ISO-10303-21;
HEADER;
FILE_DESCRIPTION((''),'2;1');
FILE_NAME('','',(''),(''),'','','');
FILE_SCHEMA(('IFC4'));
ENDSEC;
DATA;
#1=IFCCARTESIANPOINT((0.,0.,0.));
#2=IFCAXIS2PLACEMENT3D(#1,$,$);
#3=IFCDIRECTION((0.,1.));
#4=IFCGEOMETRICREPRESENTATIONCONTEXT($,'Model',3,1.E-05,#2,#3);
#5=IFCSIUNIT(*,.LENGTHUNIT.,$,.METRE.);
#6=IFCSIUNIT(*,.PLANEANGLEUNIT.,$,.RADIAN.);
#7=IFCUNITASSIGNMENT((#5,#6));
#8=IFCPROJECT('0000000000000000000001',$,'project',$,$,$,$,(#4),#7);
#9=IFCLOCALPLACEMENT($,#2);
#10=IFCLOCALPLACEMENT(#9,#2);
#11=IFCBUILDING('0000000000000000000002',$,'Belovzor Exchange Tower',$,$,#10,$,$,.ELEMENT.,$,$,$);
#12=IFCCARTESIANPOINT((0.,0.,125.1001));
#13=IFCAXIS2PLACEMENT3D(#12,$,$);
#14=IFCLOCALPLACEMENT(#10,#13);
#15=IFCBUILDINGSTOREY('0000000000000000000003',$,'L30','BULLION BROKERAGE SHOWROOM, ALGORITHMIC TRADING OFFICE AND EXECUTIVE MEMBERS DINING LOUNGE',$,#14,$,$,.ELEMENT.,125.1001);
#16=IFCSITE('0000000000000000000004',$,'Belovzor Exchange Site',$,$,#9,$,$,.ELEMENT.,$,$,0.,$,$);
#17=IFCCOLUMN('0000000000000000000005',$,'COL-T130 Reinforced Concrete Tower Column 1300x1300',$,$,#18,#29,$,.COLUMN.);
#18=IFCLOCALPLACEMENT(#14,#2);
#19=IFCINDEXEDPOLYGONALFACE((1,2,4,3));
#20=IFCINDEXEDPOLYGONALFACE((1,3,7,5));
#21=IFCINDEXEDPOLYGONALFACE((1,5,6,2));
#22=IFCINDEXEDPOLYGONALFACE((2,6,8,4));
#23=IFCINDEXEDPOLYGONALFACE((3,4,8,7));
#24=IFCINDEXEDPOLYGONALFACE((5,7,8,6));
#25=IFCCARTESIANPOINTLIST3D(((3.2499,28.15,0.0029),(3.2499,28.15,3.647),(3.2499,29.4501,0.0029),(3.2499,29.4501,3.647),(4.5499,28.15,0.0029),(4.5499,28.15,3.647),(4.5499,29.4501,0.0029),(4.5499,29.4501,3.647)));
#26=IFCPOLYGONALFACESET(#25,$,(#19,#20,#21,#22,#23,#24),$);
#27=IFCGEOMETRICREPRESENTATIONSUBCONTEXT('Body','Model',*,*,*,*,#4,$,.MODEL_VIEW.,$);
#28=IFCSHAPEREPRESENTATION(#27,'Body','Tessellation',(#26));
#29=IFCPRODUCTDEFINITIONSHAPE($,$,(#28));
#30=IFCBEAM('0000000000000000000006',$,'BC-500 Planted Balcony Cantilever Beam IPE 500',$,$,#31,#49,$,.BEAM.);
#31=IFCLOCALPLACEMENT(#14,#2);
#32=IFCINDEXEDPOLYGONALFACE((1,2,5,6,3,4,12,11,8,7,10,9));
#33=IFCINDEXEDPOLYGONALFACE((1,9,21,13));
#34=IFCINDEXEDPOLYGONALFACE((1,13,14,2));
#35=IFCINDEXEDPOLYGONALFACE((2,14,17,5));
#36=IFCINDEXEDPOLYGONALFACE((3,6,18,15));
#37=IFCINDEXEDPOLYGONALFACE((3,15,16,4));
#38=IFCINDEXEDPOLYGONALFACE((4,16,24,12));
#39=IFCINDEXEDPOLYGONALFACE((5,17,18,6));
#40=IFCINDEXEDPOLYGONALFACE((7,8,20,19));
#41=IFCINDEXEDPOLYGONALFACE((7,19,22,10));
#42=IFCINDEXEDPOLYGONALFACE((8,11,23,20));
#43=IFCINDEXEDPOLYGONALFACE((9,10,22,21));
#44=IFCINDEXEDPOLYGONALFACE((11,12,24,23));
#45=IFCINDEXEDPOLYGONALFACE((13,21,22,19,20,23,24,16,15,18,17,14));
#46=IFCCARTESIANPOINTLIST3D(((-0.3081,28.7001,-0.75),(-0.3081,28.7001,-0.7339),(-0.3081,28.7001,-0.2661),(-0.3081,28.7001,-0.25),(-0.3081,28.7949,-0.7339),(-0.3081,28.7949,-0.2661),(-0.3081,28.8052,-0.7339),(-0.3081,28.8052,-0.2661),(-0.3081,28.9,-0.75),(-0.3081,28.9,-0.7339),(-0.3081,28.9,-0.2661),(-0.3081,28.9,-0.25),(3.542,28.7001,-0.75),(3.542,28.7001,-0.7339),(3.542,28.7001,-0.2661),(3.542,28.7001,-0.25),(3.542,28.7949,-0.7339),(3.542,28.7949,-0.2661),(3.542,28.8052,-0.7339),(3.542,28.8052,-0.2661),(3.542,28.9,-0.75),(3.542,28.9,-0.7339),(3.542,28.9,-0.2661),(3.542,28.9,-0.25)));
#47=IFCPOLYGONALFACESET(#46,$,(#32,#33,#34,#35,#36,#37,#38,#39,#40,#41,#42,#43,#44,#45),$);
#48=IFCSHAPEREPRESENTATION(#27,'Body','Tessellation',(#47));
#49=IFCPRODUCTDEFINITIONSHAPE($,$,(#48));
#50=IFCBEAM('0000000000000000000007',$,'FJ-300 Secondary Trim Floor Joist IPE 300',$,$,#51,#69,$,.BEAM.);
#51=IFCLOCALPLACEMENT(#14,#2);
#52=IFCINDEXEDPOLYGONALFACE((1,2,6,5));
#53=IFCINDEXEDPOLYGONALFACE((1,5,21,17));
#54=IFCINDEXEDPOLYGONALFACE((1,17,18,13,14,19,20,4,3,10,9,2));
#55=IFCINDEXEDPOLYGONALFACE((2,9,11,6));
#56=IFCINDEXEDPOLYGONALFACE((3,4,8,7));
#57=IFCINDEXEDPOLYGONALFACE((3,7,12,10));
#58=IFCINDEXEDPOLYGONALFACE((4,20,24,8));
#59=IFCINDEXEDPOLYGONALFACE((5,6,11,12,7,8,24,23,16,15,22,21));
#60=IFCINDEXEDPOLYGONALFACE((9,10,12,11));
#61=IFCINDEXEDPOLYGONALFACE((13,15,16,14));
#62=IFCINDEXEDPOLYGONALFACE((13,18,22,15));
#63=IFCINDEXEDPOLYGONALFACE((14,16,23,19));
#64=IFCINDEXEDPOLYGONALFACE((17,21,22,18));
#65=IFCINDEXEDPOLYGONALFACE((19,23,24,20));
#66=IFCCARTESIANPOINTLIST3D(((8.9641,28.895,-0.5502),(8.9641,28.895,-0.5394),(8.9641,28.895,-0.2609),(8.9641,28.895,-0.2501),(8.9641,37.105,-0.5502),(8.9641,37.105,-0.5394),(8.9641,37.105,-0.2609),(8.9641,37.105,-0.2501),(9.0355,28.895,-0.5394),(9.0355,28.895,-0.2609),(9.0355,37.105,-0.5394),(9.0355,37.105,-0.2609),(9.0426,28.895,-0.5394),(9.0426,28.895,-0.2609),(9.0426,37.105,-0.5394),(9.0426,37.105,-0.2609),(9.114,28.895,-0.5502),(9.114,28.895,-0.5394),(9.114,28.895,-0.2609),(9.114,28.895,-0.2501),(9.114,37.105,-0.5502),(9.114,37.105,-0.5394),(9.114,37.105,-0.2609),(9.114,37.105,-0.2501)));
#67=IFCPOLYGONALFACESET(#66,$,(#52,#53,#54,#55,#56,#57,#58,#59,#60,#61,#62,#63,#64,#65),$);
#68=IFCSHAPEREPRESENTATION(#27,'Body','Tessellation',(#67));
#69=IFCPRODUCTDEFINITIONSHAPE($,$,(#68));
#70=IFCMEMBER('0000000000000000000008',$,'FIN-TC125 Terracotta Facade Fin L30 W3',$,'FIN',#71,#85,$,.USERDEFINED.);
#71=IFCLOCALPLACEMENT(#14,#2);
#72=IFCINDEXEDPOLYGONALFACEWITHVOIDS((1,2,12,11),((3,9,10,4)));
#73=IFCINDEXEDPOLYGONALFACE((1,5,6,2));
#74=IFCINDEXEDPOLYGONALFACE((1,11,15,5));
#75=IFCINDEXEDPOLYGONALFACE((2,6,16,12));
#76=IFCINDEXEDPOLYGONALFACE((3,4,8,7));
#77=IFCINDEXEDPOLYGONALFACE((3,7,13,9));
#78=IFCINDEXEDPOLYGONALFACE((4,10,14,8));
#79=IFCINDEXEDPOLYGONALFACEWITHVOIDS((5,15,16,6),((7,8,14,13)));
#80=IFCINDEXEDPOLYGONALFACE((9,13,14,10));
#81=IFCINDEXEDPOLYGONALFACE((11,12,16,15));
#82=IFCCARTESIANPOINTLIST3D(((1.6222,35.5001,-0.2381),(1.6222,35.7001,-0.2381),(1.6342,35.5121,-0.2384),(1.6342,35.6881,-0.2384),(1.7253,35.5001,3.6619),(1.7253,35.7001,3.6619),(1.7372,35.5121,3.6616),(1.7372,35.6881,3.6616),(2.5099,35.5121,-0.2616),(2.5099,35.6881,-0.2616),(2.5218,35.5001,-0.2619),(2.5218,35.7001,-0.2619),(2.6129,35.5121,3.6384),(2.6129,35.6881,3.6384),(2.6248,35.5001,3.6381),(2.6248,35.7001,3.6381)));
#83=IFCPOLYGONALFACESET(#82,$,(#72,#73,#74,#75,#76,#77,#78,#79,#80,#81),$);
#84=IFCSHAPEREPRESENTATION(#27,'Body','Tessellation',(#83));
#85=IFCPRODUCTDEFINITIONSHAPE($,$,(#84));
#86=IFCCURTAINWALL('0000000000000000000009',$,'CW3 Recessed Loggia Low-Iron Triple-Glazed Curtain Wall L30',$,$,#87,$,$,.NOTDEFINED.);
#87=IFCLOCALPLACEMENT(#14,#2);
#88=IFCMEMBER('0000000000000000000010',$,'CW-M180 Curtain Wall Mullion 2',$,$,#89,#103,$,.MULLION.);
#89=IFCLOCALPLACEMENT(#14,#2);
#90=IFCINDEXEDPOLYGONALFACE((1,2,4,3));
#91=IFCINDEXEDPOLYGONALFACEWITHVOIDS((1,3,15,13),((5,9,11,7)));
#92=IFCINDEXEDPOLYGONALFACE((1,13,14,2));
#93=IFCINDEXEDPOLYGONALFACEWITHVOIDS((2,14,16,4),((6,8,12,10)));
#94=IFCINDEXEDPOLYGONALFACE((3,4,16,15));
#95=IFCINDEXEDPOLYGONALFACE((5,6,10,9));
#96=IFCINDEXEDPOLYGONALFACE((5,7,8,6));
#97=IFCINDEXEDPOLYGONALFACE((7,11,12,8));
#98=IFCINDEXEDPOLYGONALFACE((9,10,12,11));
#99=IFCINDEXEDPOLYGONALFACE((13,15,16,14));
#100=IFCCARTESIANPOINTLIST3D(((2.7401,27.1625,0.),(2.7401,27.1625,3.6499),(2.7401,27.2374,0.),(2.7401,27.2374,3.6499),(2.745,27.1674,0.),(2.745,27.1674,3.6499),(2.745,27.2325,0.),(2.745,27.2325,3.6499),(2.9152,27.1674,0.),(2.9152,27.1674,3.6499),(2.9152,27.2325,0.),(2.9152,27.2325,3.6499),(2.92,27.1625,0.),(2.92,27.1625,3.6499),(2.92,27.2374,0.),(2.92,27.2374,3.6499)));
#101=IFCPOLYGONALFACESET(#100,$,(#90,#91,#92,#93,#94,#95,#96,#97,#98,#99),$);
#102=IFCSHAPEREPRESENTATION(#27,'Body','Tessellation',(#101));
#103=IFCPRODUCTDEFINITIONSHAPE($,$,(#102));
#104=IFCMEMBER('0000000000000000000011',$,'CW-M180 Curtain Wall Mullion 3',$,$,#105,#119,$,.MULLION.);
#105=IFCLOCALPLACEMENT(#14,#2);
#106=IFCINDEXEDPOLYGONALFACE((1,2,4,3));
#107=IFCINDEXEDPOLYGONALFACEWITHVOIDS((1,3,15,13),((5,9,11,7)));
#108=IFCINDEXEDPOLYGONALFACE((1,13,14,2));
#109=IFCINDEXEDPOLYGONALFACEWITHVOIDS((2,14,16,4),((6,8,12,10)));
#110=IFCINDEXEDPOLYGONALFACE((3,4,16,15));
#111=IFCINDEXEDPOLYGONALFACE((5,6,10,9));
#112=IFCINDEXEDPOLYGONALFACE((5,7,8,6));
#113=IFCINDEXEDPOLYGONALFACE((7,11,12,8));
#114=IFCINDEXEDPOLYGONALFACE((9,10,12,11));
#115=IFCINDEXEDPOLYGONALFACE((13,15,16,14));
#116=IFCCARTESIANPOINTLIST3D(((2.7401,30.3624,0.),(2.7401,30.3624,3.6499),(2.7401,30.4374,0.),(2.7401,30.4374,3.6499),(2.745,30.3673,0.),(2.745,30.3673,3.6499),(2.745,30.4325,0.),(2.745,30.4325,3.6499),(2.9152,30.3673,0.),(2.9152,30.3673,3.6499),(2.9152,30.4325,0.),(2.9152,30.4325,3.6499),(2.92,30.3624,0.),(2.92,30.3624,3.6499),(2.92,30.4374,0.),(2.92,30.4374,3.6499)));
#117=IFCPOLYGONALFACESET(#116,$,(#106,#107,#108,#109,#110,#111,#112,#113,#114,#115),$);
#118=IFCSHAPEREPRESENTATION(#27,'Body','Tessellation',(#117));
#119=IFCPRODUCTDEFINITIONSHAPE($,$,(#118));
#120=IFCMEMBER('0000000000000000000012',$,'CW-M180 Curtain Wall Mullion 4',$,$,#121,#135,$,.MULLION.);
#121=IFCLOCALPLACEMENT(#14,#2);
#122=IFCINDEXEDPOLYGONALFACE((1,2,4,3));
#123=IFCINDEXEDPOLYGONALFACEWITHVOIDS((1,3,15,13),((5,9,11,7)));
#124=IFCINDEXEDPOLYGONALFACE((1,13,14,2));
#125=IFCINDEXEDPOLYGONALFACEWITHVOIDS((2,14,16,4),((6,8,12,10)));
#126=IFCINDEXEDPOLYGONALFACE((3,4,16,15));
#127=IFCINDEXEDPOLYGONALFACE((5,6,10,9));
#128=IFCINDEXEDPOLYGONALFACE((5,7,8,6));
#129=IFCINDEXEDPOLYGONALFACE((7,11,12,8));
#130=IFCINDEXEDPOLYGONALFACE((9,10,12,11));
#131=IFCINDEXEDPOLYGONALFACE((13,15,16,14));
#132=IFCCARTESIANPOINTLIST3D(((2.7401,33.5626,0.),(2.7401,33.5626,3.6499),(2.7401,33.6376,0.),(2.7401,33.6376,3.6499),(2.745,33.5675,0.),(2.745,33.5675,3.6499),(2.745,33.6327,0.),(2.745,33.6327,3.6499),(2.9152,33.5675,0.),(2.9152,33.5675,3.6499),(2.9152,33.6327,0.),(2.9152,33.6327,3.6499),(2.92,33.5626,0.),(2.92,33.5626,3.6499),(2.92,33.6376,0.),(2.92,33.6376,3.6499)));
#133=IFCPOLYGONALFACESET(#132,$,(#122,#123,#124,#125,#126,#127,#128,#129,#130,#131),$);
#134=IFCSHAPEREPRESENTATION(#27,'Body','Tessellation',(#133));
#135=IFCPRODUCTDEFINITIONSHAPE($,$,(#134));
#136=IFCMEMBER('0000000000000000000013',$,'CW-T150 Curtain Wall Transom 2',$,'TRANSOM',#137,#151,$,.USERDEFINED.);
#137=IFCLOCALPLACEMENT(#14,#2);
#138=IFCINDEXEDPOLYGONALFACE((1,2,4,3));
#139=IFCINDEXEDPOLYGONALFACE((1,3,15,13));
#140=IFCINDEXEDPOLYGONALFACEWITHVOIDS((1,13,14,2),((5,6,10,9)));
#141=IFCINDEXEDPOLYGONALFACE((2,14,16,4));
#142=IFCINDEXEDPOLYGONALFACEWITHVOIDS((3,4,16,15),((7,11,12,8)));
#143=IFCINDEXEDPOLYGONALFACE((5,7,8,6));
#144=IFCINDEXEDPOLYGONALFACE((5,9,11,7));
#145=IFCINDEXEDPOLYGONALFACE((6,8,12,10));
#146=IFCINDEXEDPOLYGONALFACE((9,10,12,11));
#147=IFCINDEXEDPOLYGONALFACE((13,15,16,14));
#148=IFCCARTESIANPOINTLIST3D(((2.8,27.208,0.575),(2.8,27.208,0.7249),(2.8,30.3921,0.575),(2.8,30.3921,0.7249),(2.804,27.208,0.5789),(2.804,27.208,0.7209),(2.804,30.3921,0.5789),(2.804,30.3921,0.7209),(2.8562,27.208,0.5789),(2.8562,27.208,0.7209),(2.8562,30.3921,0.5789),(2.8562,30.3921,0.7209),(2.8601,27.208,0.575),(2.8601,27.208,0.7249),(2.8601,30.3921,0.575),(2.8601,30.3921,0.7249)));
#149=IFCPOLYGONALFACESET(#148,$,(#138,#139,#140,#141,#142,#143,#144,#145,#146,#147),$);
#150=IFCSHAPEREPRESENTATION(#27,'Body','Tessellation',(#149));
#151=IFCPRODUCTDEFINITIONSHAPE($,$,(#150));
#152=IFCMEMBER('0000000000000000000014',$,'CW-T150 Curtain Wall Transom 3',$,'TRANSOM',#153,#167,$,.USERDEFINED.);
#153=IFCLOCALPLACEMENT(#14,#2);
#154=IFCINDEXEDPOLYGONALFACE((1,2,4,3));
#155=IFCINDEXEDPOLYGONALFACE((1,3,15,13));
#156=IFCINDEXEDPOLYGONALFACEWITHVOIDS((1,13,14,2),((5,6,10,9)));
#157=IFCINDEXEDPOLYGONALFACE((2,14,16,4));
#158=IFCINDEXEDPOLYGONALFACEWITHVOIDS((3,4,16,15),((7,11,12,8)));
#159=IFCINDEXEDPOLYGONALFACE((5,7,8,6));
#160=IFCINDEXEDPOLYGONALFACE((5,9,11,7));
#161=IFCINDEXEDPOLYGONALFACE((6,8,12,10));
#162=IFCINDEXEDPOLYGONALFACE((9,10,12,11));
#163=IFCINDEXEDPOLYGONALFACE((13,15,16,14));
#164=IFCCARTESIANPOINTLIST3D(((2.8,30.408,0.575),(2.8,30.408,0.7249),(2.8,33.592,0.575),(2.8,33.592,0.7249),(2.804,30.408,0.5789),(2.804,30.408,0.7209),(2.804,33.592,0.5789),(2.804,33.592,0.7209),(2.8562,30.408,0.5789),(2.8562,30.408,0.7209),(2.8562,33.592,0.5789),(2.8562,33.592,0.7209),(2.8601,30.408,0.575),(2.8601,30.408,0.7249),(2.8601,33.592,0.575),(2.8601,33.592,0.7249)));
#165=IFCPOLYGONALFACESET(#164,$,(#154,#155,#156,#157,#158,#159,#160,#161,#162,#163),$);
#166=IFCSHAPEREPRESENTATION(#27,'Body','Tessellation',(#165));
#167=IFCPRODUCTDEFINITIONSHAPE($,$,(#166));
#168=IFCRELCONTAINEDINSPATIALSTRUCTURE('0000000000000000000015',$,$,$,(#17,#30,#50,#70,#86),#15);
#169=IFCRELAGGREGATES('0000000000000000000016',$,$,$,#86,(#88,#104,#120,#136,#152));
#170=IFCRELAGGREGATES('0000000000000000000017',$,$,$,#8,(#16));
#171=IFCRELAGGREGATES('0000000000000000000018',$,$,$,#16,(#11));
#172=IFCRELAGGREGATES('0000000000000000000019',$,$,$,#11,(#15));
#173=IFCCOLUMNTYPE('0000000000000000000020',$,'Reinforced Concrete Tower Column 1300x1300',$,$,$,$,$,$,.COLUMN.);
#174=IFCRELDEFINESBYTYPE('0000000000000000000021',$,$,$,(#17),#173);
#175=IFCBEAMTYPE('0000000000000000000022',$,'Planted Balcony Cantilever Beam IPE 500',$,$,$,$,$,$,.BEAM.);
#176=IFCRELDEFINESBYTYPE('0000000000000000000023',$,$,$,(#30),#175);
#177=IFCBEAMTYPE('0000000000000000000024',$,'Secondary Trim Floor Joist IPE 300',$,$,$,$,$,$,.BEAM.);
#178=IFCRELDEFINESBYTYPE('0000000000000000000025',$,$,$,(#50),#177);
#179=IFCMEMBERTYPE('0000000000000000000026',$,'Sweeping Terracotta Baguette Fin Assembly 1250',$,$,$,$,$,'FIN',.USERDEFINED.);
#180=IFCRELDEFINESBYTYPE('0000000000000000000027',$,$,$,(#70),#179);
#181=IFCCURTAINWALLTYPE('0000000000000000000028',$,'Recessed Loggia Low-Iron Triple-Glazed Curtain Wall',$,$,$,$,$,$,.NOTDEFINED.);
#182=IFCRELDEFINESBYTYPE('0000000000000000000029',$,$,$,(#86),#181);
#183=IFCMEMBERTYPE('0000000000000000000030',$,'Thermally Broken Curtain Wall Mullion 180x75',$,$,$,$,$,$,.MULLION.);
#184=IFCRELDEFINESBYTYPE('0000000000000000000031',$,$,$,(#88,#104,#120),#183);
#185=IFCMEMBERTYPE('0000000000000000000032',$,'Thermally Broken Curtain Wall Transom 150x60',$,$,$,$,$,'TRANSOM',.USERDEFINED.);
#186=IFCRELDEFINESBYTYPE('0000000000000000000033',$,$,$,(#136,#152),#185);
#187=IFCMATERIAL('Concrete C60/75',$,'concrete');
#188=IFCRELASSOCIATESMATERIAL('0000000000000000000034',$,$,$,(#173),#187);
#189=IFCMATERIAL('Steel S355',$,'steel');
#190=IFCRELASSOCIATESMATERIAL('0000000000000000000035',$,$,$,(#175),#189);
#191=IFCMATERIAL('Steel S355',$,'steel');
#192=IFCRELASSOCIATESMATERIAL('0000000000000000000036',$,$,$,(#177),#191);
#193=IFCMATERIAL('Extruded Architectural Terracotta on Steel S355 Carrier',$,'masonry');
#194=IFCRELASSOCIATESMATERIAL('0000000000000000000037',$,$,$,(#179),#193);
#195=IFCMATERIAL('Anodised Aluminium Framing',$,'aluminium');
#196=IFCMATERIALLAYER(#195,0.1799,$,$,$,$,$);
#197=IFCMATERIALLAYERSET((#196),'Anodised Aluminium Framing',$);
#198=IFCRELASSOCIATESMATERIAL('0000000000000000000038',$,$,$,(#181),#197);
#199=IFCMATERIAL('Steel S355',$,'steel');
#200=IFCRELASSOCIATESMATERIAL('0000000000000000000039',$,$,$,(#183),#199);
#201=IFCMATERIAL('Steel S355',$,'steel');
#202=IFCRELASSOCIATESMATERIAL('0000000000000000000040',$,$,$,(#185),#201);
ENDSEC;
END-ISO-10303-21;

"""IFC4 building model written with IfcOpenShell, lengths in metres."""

from ifc_helpers import new_model, si_unit, direction, frame, origin, origin_2d, place, context, subcontext, project, spatial, rectangle, hollow_rectangle, i_section, extrude, material, layer, layer_set, material_profile, profile_set, type_object, element, aggregate, save


model = new_model("IFC4")

# Units and contexts
model_context = context("Model", 3, precision=1e-05, world=origin(), true_north=direction((0.0, 1.0)))
body_context = subcontext(model_context, "Body", "Model", "MODEL_VIEW")
ifc_project = project(units=[si_unit("LENGTHUNIT", "METRE"), si_unit("PLANEANGLEUNIT", "RADIAN")], contexts=[model_context])

# Site, building, storey
site_placement = place(None, origin())
site = spatial("IfcSite", under=ifc_project, at=site_placement, Name="Belovzor Exchange Site", CompositionType="ELEMENT", RefElevation=0.0)
building_placement = place(site_placement, origin())
building = spatial("IfcBuilding", under=site, at=building_placement, Name="Belovzor Exchange Tower", CompositionType="ELEMENT")
storey_placement = place(building_placement, frame((0.0, 0.0, 125.1001)))
storey = spatial("IfcBuildingStorey", under=building, at=storey_placement, Name="L30", Description="BULLION BROKERAGE SHOWROOM, ALGORITHMIC TRADING OFFICE AND EXECUTIVE MEMBERS DINING LOUNGE", CompositionType="ELEMENT", Elevation=125.1001)

# Column
ifc_material_1 = material(Name="Concrete C60/75", Category="concrete")
ifc_material_profile_1 = material_profile(ifc_material_1, rectangle(XDim=1.3, YDim=1.3, at=origin_2d()))
ifc_profile_set_1 = profile_set([ifc_material_profile_1], Name="Concrete C60/75")
column_type = type_object("IfcColumnType", Name="Reinforced Concrete Tower Column 1300x1300", PredefinedType="COLUMN", material=ifc_profile_set_1)
column_placement = place(storey_placement, frame((3.8999, 28.8, 0.0029), z_axis=(0.0, 0.0, 1.0), x_axis=(1.0, 0.0, 0.0)))
element("IfcColumn", 1, at=column_placement, inside=storey, type_object=column_type, Name="COL-T130 Reinforced Concrete Tower Column 1300x1300", PredefinedType="COLUMN", context=body_context, shape_type="SweptSolid", body=[
    extrude(rectangle(XDim=1.3, YDim=1.3, at=origin_2d()), origin(), (0.0, 0.0, 1.0), 3.644),
])

# Beams
ifc_material_2 = material(Name="Steel S355", Category="steel")
ifc_material_profile_2 = material_profile(ifc_material_2, i_section(OverallWidth=0.2, OverallDepth=0.5, WebThickness=0.0103, FlangeThickness=0.0161, at=origin_2d()))
ifc_profile_set_2 = profile_set([ifc_material_profile_2], Name="Steel S355")
beam_type_1 = type_object("IfcBeamType", Name="Planted Balcony Cantilever Beam IPE 500", PredefinedType="BEAM", material=ifc_profile_set_2)
beam_1_placement = place(storey_placement, frame((3.542, 28.8, -0.5), z_axis=(-1.0, 0.0, 0.0), x_axis=(0.0, -1.0, 0.0)))
element("IfcBeam", 2, at=beam_1_placement, inside=storey, type_object=beam_type_1, Name="BC-500 Planted Balcony Cantilever Beam IPE 500", PredefinedType="BEAM", context=body_context, shape_type="SweptSolid", body=[
    extrude(i_section(OverallWidth=0.2, OverallDepth=0.5, WebThickness=0.0103, FlangeThickness=0.0161, at=origin_2d()), origin(), (0.0, 0.0, 1.0), 3.8501),
])
ifc_material_3 = material(Name="Steel S355", Category="steel")
ifc_material_profile_3 = material_profile(ifc_material_3, i_section(OverallWidth=0.1499, OverallDepth=0.3, WebThickness=0.0071, FlangeThickness=0.0107, at=origin_2d()))
ifc_profile_set_3 = profile_set([ifc_material_profile_3], Name="Steel S355")
beam_type_2 = type_object("IfcBeamType", Name="Secondary Trim Floor Joist IPE 300", PredefinedType="BEAM", material=ifc_profile_set_3)
beam_2_placement = place(storey_placement, frame((9.0391, 28.895, -0.4001), z_axis=(0.0, 1.0, 0.0), x_axis=(-1.0, 0.0, 0.0)))
element("IfcBeam", 3, at=beam_2_placement, inside=storey, type_object=beam_type_2, Name="FJ-300 Secondary Trim Floor Joist IPE 300", PredefinedType="BEAM", context=body_context, shape_type="SweptSolid", body=[
    extrude(i_section(OverallWidth=0.1499, OverallDepth=0.3, WebThickness=0.0071, FlangeThickness=0.0107, at=origin_2d()), origin(), (0.0, 0.0, 1.0), 8.21),
])

# Member
ifc_material_4 = material(Name="Extruded Architectural Terracotta on Steel S355 Carrier", Category="masonry")
ifc_material_profile_4 = material_profile(ifc_material_4, hollow_rectangle(XDim=0.2, YDim=0.8999, WallThickness=0.012, at=origin_2d()))
ifc_profile_set_4 = profile_set([ifc_material_profile_4], Name="Extruded Architectural Terracotta on Steel S355 Carrier")
member_type_1 = type_object("IfcMemberType", Name="Sweeping Terracotta Baguette Fin Assembly 1250", ElementType="FIN", PredefinedType="USERDEFINED", material=ifc_profile_set_4)
member_1_placement = place(storey_placement, frame((2.072, 35.6001, -0.25), z_axis=(0.026409, 0.0, 0.999651), x_axis=(0.0, 1.0, 0.0)))
element("IfcMember", 4, at=member_1_placement, inside=storey, type_object=member_type_1, Name="FIN-TC125 Terracotta Facade Fin L30 W3", ObjectType="FIN", PredefinedType="USERDEFINED", context=body_context, shape_type="SweptSolid", body=[
    extrude(hollow_rectangle(XDim=0.2, YDim=0.8999, WallThickness=0.012, at=origin_2d()), origin(), (0.0, 0.0, 1.0), 3.9014),
])

# Curtain wall, members
ifc_material_5 = material(Name="Anodised Aluminium Framing", Category="aluminium")
ifc_layer_1 = layer(ifc_material_5, 0.1799)
ifc_layer_set_1 = layer_set([ifc_layer_1], Name="Anodised Aluminium Framing")
curtain_wall_type = type_object("IfcCurtainWallType", Name="Recessed Loggia Low-Iron Triple-Glazed Curtain Wall", PredefinedType="NOTDEFINED", material=ifc_layer_set_1)
curtain_wall_placement = place(storey_placement, origin())
curtain_wall = element("IfcCurtainWall", 5, at=curtain_wall_placement, inside=storey, type_object=curtain_wall_type, Name="CW3 Recessed Loggia Low-Iron Triple-Glazed Curtain Wall L30", PredefinedType="NOTDEFINED")
ifc_material_6 = material(Name="Steel S355", Category="steel")
ifc_material_profile_5 = material_profile(ifc_material_6, hollow_rectangle(XDim=0.075, YDim=0.1799, WallThickness=0.0049, at=origin_2d()))
ifc_profile_set_5 = profile_set([ifc_material_profile_5], Name="Steel S355")
member_type_2 = type_object("IfcMemberType", Name="Thermally Broken Curtain Wall Mullion 180x75", PredefinedType="MULLION", material=ifc_profile_set_5)
member_2_placement = place(storey_placement, frame((2.8301, 27.2, 0.0), z_axis=(0.0, 0.0, 1.0), x_axis=(0.0, 1.0, 0.0)))
member_2 = element("IfcMember", 6, at=member_2_placement, type_object=member_type_2, Name="CW-M180 Curtain Wall Mullion 2", PredefinedType="MULLION", context=body_context, shape_type="SweptSolid", body=[
    extrude(hollow_rectangle(XDim=0.075, YDim=0.1799, WallThickness=0.0049, at=origin_2d()), origin(), (0.0, 0.0, 1.0), 3.6499),
])
member_3_placement = place(storey_placement, frame((2.8301, 30.3999, 0.0), z_axis=(0.0, 0.0, 1.0), x_axis=(0.0, 1.0, 0.0)))
member_3 = element("IfcMember", 7, at=member_3_placement, type_object=member_type_2, Name="CW-M180 Curtain Wall Mullion 3", PredefinedType="MULLION", context=body_context, shape_type="SweptSolid", body=[
    extrude(hollow_rectangle(XDim=0.075, YDim=0.1799, WallThickness=0.0049, at=origin_2d()), origin(), (0.0, 0.0, 1.0), 3.6499),
])
member_4_placement = place(storey_placement, frame((2.8301, 33.6001, 0.0), z_axis=(0.0, 0.0, 1.0), x_axis=(0.0, 1.0, 0.0)))
member_4 = element("IfcMember", 8, at=member_4_placement, type_object=member_type_2, Name="CW-M180 Curtain Wall Mullion 4", PredefinedType="MULLION", context=body_context, shape_type="SweptSolid", body=[
    extrude(hollow_rectangle(XDim=0.075, YDim=0.1799, WallThickness=0.0049, at=origin_2d()), origin(), (0.0, 0.0, 1.0), 3.6499),
])
ifc_material_7 = material(Name="Steel S355", Category="steel")
ifc_material_profile_6 = material_profile(ifc_material_7, hollow_rectangle(XDim=0.0601, YDim=0.1499, WallThickness=0.0039, at=origin_2d()))
ifc_profile_set_6 = profile_set([ifc_material_profile_6], Name="Steel S355")
member_type_3 = type_object("IfcMemberType", Name="Thermally Broken Curtain Wall Transom 150x60", ElementType="TRANSOM", PredefinedType="USERDEFINED", material=ifc_profile_set_6)
member_5_placement = place(storey_placement, frame((2.8301, 27.208, 0.6499), z_axis=(0.0, 1.0, 0.0), x_axis=(-1.0, 0.0, 0.0)))
member_5 = element("IfcMember", 9, at=member_5_placement, type_object=member_type_3, Name="CW-T150 Curtain Wall Transom 2", ObjectType="TRANSOM", PredefinedType="USERDEFINED", context=body_context, shape_type="SweptSolid", body=[
    extrude(hollow_rectangle(XDim=0.0601, YDim=0.1499, WallThickness=0.0039, at=origin_2d()), origin(), (0.0, 0.0, 1.0), 3.1841),
])
member_6_placement = place(storey_placement, frame((2.8301, 30.408, 0.6499), z_axis=(0.0, 1.0, 0.0), x_axis=(-1.0, 0.0, 0.0)))
member_6 = element("IfcMember", 10, at=member_6_placement, type_object=member_type_3, Name="CW-T150 Curtain Wall Transom 3", ObjectType="TRANSOM", PredefinedType="USERDEFINED", context=body_context, shape_type="SweptSolid", body=[
    extrude(hollow_rectangle(XDim=0.0601, YDim=0.1499, WallThickness=0.0039, at=origin_2d()), origin(), (0.0, 0.0, 1.0), 3.1841),
])

aggregate(curtain_wall, [member_2, member_3, member_4, member_5, member_6])

save(model, "model.ifc")
